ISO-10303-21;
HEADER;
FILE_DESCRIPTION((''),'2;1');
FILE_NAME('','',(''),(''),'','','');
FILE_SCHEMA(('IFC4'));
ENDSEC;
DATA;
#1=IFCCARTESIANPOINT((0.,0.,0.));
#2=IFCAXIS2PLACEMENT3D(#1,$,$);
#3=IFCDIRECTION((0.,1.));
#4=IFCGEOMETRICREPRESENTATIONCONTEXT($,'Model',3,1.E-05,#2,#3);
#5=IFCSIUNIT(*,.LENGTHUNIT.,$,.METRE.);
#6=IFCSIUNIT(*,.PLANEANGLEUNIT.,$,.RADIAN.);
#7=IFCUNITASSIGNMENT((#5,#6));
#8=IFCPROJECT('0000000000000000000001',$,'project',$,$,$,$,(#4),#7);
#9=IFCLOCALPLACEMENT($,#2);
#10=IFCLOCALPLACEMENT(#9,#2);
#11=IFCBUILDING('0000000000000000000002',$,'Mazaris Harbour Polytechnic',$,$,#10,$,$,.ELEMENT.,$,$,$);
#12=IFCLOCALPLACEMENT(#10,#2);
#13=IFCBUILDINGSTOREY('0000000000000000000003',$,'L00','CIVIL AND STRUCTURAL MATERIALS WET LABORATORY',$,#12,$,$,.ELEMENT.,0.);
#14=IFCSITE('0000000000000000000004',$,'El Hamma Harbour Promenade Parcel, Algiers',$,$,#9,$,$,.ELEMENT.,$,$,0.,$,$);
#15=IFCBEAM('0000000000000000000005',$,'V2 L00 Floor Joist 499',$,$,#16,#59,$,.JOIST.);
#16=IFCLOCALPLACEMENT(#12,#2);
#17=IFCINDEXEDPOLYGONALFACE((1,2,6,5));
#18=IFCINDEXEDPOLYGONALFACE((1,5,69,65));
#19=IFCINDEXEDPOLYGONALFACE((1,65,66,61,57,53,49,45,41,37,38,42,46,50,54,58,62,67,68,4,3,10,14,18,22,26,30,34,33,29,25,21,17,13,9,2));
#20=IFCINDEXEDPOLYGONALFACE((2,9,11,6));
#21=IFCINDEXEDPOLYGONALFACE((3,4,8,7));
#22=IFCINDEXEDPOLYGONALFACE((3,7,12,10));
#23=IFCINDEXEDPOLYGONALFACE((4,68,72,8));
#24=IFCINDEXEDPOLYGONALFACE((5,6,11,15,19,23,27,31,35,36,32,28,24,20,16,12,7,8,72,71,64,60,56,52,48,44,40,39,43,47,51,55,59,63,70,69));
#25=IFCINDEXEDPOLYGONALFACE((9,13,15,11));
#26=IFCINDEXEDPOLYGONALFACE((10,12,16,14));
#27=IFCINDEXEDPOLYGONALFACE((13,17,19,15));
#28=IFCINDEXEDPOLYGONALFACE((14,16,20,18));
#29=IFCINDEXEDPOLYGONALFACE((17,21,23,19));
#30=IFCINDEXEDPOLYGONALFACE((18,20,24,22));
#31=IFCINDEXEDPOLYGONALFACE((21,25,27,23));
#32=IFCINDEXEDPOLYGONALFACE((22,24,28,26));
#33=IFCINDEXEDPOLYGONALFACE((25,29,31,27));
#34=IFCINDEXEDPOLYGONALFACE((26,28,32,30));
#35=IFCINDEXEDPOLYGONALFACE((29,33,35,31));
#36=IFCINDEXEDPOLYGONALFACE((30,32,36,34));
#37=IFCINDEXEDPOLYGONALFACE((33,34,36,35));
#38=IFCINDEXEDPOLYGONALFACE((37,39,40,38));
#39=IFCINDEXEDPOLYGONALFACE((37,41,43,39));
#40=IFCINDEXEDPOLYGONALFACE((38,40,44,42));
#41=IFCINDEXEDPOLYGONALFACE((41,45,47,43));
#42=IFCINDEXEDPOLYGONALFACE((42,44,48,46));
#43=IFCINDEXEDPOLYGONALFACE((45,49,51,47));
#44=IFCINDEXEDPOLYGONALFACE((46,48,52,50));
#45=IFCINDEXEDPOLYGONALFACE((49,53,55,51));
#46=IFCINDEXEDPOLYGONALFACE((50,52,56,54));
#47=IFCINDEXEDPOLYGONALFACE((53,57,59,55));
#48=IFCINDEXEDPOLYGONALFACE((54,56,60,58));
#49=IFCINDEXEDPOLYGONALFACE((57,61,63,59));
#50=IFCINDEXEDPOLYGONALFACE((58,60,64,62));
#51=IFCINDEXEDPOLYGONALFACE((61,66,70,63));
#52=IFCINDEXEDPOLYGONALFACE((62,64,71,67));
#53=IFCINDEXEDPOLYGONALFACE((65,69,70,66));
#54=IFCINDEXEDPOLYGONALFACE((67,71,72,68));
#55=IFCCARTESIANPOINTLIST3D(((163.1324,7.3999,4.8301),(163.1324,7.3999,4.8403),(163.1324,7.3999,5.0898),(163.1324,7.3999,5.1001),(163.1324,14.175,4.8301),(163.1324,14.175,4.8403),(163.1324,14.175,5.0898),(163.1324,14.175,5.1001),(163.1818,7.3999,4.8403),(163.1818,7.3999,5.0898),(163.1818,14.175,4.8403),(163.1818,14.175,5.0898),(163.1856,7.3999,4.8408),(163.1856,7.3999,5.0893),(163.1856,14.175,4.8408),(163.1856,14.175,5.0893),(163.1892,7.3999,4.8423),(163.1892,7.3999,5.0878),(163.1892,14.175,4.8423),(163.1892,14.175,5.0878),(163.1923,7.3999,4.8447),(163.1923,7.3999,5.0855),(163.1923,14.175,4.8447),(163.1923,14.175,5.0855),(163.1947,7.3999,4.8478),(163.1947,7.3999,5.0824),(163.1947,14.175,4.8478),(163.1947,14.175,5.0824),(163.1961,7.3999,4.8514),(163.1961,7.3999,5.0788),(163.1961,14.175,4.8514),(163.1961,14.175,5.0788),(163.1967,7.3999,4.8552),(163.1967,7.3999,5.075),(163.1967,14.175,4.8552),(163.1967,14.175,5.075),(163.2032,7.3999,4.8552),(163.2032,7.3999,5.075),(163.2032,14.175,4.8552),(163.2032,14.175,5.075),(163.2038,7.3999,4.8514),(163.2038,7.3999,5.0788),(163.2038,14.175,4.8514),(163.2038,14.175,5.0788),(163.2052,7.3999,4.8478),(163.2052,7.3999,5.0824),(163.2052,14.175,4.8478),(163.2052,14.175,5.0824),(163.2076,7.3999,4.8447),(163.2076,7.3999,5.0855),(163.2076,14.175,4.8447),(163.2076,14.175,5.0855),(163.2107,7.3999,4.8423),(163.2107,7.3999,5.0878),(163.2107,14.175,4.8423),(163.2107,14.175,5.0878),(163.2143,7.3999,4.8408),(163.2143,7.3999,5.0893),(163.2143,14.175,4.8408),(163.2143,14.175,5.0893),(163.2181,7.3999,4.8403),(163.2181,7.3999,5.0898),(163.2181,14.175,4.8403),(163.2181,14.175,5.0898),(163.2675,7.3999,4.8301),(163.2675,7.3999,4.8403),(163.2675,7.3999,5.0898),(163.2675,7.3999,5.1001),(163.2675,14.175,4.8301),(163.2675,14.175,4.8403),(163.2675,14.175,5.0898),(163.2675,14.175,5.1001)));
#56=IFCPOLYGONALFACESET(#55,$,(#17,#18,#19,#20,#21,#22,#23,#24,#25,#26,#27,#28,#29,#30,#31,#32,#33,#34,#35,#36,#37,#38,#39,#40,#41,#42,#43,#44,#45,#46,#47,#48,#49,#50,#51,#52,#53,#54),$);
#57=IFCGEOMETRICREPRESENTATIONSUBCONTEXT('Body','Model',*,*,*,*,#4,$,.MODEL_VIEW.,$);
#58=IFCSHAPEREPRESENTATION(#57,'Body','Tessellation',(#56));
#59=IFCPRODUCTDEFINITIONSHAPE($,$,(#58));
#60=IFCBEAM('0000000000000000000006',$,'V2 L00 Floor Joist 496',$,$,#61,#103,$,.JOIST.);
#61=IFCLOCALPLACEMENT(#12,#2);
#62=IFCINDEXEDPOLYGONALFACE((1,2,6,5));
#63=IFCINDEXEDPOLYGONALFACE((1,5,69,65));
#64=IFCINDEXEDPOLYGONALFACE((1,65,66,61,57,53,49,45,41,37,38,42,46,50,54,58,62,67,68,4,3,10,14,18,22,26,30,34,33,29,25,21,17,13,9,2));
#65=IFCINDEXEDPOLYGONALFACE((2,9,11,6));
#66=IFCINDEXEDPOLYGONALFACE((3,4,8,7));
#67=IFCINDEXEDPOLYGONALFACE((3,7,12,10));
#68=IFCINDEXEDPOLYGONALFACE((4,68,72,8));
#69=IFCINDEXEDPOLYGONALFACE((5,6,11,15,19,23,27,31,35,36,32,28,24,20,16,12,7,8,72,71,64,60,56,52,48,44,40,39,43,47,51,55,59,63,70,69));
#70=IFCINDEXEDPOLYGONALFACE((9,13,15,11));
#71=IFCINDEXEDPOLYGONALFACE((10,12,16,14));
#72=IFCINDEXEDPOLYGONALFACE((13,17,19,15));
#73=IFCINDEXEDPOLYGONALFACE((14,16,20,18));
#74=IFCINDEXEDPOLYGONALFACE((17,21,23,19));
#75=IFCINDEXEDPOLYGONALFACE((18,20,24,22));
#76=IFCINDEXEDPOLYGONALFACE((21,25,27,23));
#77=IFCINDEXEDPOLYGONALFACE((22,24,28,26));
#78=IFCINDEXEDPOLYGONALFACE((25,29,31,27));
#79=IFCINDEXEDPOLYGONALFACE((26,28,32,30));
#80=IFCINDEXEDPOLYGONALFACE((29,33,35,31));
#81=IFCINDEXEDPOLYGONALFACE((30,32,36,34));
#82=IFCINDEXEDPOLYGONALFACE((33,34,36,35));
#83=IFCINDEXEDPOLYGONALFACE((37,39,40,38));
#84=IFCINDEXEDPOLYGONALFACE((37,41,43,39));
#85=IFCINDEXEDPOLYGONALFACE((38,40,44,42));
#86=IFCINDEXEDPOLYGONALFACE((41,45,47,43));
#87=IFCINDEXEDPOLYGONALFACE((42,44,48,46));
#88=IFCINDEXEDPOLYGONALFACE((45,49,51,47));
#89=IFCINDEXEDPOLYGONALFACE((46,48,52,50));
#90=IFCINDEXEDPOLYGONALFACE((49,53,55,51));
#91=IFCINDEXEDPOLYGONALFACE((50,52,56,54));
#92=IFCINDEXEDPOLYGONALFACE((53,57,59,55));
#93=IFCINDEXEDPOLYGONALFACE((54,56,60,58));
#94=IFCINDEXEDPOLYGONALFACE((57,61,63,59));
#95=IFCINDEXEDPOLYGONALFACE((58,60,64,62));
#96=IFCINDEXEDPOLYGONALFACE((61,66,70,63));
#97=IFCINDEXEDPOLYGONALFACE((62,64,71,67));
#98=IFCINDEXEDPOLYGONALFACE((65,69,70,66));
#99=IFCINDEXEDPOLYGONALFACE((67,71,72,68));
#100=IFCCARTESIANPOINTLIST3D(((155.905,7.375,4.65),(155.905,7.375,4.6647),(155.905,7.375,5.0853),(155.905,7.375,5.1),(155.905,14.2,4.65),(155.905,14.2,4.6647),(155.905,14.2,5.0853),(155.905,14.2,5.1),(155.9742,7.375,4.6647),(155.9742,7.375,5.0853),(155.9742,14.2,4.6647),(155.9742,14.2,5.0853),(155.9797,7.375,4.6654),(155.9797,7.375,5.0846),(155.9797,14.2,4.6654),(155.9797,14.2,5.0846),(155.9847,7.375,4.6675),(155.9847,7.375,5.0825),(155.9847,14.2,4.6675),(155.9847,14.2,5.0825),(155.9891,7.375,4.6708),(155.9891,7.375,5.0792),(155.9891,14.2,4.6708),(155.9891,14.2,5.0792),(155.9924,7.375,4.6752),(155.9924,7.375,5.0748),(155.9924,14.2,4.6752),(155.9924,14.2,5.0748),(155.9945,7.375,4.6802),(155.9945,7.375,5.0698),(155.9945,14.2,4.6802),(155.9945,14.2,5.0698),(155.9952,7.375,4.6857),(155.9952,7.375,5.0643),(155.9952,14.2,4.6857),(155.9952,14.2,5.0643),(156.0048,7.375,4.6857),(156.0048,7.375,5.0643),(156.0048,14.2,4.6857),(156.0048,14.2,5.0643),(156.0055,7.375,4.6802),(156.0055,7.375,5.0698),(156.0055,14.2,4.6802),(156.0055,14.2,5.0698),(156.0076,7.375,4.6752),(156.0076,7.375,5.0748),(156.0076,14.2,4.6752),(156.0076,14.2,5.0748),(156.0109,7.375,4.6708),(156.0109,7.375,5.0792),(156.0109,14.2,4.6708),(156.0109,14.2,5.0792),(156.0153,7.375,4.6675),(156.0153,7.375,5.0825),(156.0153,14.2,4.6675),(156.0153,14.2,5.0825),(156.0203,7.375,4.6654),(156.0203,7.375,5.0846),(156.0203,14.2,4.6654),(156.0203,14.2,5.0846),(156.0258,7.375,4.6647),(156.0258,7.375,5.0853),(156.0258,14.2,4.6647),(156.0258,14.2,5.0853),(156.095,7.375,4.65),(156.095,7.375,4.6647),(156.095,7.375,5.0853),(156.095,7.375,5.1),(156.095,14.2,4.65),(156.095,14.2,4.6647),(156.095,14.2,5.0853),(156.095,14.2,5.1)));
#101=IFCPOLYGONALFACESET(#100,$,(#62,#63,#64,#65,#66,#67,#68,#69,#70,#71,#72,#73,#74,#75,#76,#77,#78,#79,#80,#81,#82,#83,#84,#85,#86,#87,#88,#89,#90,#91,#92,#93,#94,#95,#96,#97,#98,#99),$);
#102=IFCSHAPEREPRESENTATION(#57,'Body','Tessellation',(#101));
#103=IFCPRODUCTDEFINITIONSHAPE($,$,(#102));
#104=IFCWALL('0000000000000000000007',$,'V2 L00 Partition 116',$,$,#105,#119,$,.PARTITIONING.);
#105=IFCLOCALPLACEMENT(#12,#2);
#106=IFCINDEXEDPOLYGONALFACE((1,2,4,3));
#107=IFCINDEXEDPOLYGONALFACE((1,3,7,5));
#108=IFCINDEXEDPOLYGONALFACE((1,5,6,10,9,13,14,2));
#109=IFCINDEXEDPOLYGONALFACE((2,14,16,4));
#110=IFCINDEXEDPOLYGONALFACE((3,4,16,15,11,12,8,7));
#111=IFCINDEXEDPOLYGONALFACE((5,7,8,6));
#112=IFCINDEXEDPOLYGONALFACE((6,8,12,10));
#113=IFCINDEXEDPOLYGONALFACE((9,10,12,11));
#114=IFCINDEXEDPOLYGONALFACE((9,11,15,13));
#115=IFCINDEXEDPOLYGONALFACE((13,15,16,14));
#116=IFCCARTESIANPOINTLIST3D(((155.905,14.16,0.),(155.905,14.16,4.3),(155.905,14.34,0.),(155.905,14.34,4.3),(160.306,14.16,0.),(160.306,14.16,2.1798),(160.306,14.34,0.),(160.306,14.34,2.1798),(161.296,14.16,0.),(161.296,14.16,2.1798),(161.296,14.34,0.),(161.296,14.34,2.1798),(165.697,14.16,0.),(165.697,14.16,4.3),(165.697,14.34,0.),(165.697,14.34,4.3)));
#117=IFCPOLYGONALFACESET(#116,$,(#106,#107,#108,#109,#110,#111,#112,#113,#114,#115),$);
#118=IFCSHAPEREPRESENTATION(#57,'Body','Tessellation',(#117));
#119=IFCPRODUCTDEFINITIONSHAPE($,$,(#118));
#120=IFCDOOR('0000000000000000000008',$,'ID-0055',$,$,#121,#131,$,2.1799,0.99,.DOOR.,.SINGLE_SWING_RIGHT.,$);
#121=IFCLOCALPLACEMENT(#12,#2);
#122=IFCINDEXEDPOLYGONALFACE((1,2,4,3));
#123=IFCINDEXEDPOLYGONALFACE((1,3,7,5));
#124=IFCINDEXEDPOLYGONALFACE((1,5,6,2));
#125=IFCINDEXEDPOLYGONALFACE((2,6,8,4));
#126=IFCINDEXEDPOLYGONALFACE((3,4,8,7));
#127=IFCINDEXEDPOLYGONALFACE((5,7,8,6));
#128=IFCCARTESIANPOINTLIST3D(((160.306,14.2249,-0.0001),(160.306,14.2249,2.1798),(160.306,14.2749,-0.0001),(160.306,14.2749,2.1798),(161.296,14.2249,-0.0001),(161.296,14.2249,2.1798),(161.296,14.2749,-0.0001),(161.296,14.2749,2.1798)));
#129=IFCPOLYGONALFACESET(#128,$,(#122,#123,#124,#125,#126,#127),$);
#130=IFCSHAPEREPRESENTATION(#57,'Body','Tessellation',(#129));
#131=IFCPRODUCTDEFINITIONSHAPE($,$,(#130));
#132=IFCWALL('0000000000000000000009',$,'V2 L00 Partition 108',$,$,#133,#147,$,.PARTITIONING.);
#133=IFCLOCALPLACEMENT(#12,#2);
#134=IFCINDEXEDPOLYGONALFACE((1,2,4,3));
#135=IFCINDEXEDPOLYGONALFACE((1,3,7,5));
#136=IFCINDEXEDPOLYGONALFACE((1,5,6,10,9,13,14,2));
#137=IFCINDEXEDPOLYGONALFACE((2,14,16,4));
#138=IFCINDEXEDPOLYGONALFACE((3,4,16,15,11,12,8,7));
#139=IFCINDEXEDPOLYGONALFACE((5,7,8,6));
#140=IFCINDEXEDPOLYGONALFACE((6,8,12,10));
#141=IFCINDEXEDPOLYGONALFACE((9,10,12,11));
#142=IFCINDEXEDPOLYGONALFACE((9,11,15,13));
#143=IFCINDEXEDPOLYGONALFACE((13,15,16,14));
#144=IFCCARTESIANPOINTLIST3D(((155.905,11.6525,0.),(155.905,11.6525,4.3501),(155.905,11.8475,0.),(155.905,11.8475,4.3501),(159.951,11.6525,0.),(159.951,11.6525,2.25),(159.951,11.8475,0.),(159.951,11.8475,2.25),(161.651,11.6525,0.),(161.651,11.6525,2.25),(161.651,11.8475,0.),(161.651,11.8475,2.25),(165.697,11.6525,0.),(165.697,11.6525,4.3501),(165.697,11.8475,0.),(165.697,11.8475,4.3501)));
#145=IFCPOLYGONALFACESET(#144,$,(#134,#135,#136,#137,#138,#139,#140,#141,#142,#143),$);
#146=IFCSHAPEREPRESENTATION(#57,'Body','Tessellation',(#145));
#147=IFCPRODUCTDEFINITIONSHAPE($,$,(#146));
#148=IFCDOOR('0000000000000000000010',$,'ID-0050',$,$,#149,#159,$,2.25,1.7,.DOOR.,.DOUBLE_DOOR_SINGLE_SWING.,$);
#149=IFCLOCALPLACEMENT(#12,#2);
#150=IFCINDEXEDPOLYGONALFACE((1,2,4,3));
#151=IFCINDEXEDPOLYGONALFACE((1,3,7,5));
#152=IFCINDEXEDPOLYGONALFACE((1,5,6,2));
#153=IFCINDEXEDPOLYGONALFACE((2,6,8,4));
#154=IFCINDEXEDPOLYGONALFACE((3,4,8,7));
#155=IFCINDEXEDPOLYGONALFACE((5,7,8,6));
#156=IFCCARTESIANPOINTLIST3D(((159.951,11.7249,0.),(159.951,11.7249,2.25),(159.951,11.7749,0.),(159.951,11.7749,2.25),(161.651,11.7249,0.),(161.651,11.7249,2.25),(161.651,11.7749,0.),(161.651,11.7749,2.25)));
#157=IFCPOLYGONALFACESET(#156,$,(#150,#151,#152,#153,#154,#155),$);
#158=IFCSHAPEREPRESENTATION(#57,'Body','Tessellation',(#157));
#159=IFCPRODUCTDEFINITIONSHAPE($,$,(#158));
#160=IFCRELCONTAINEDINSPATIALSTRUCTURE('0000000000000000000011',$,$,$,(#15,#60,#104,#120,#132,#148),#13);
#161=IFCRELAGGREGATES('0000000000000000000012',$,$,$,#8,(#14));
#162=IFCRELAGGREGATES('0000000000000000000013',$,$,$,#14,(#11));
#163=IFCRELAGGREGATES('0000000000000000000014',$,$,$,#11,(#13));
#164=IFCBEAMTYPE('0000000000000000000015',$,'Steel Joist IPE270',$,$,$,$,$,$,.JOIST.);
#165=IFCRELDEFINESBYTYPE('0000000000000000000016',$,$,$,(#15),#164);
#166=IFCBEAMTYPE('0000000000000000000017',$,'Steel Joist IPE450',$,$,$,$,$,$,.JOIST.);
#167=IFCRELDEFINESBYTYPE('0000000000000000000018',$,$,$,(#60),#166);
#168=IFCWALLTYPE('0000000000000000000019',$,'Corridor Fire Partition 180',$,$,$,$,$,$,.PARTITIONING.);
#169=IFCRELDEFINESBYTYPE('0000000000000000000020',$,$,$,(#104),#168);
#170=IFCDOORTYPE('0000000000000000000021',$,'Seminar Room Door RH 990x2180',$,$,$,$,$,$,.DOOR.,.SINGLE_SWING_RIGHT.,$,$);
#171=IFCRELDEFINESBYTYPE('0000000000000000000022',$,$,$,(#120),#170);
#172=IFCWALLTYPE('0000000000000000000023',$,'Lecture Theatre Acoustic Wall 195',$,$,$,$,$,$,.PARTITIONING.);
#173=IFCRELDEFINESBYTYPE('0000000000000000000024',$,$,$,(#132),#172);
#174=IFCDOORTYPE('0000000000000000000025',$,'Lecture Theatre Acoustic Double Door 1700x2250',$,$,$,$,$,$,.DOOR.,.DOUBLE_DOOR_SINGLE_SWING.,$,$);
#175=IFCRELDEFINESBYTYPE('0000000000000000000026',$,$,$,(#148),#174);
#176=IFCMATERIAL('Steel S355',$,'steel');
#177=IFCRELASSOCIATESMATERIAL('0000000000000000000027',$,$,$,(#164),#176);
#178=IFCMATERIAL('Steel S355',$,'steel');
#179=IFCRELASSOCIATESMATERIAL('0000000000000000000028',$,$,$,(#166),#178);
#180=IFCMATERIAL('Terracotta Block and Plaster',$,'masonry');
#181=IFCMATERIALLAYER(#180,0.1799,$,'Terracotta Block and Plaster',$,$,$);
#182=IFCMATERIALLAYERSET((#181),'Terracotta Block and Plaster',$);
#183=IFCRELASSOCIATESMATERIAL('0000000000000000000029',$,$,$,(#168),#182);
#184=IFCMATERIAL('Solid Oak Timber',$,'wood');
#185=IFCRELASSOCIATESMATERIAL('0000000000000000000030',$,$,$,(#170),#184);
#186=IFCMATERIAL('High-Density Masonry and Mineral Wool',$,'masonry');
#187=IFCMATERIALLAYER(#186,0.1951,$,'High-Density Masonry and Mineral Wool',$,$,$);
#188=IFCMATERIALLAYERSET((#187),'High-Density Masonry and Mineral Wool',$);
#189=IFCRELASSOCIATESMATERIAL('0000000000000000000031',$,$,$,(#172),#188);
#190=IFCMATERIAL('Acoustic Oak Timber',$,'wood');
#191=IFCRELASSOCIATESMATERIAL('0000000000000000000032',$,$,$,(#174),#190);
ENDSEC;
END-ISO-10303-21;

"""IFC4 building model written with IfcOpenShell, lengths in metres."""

from ifc_helpers import new_model, si_unit, direction, frame, frame_2d, origin, origin_2d, place, context, subcontext, project, spatial, rectangle, i_section, extrude, material, layer, layer_set, material_profile, profile_set, type_object, element, fill, save


model = new_model("IFC4")

# Units and contexts
model_context = context("Model", 3, precision=1e-05, world=origin(), true_north=direction((0.0, 1.0)))
body_context = subcontext(model_context, "Body", "Model", "MODEL_VIEW")
ifc_project = project(units=[si_unit("LENGTHUNIT", "METRE"), si_unit("PLANEANGLEUNIT", "RADIAN")], contexts=[model_context])

# Site, building, storey
site_placement = place(None, origin())
site = spatial("IfcSite", under=ifc_project, at=site_placement, Name="El Hamma Harbour Promenade Parcel, Algiers", CompositionType="ELEMENT", RefElevation=0.0)
building_placement = place(site_placement, origin())
building = spatial("IfcBuilding", under=site, at=building_placement, Name="Mazaris Harbour Polytechnic", CompositionType="ELEMENT")
storey_placement = place(building_placement, origin())
storey = spatial("IfcBuildingStorey", under=building, at=storey_placement, Name="L00", Description="CIVIL AND STRUCTURAL MATERIALS WET LABORATORY", CompositionType="ELEMENT", Elevation=0.0)

# Beams
ifc_material_1 = material(Name="Steel S355", Category="steel")
ifc_material_profile_1 = material_profile(ifc_material_1, i_section(OverallWidth=0.135, OverallDepth=0.27, WebThickness=0.0066, FlangeThickness=0.0103, FilletRadius=0.0149, at=origin_2d()), Name="IPE 270")
ifc_profile_set_1 = profile_set([ifc_material_profile_1], Name="Steel S355")
beam_type_1 = type_object("IfcBeamType", Name="Steel Joist IPE270", PredefinedType="JOIST", material=ifc_profile_set_1)
beam_1_placement = place(storey_placement, frame((163.2, 7.3999, 4.9651), z_axis=(0.0, 1.0, 0.0), x_axis=(-1.0, 0.0, 0.0)))
element("IfcBeam", 1, at=beam_1_placement, inside=storey, type_object=beam_type_1, Name="V2 L00 Floor Joist 499", PredefinedType="JOIST", context=body_context, shape_type="SweptSolid", body=[
    extrude(i_section(OverallWidth=0.135, OverallDepth=0.27, WebThickness=0.0066, FlangeThickness=0.0103, FilletRadius=0.0149, at=origin_2d()), origin(), (0.0, 0.0, 1.0), 6.7751),
])
ifc_material_2 = material(Name="Steel S355", Category="steel")
ifc_material_profile_2 = material_profile(ifc_material_2, i_section(OverallWidth=0.1899, OverallDepth=0.45, WebThickness=0.0095, FlangeThickness=0.0146, FilletRadius=0.021, at=origin_2d()), Name="IPE 450")
ifc_profile_set_2 = profile_set([ifc_material_profile_2], Name="Steel S355")
beam_type_2 = type_object("IfcBeamType", Name="Steel Joist IPE450", PredefinedType="JOIST", material=ifc_profile_set_2)
beam_2_placement = place(storey_placement, frame((156.0, 7.375, 4.875), z_axis=(0.0, 1.0, 0.0), x_axis=(-1.0, 0.0, 0.0)))
element("IfcBeam", 2, at=beam_2_placement, inside=storey, type_object=beam_type_2, Name="V2 L00 Floor Joist 496", PredefinedType="JOIST", context=body_context, shape_type="SweptSolid", body=[
    extrude(i_section(OverallWidth=0.1899, OverallDepth=0.45, WebThickness=0.0095, FlangeThickness=0.0146, FilletRadius=0.021, at=origin_2d()), origin(), (0.0, 0.0, 1.0), 6.825),
])

# Walls, openings, doors
ifc_material_3 = material(Name="Terracotta Block and Plaster", Category="masonry")
ifc_layer_1 = layer(ifc_material_3, 0.1799, Name="Terracotta Block and Plaster")
ifc_layer_set_1 = layer_set([ifc_layer_1], Name="Terracotta Block and Plaster")
wall_type_1 = type_object("IfcWallType", Name="Corridor Fire Partition 180", PredefinedType="PARTITIONING", material=ifc_layer_set_1)
wall_1_placement = place(storey_placement, frame((155.905, 14.25, 0.0), z_axis=(0.0, 0.0, 1.0), x_axis=(1.0, 0.0, 0.0)))
wall_1 = element("IfcWall", 3, at=wall_1_placement, inside=storey, type_object=wall_type_1, Name="V2 L00 Partition 116", PredefinedType="PARTITIONING", context=body_context, shape_type="SweptSolid", body=[
    extrude(rectangle(XDim=9.792, YDim=0.1799, at=frame_2d((4.896, 0.0))), origin(), (0.0, 0.0, 1.0), 4.3),
])
opening_1_placement = place(wall_1_placement, frame((4.4009, 0.0, 0.0)))
opening_1 = element("IfcOpeningElement", 4, at=opening_1_placement, cuts=wall_1, PredefinedType="OPENING", context=body_context, shape_type="SweptSolid", body=[
    extrude(rectangle(XDim=0.99, YDim=2.1799, at=frame_2d((0.4951, 1.0898))), frame((0.0, 0.0999, 0.0), z_axis=(0.0, -1.0, 0.0), x_axis=(1.0, 0.0, 0.0)), (0.0, 0.0, 1.0), 0.2),
])
ifc_material_4 = material(Name="Solid Oak Timber", Category="wood")
door_type_1 = type_object("IfcDoorType", Name="Seminar Room Door RH 990x2180", OperationType="SINGLE_SWING_RIGHT", PredefinedType="DOOR", material=ifc_material_4)
door_1_placement = place(opening_1_placement, origin())
door_1 = element("IfcDoor", 5, at=door_1_placement, inside=storey, type_object=door_type_1, Name="ID-0055", OperationType="SINGLE_SWING_RIGHT", OverallHeight=2.1799, OverallWidth=0.99, PredefinedType="DOOR", context=body_context, shape_type="SweptSolid", body=[
    extrude(rectangle(XDim=0.99, YDim=2.1799, at=frame_2d((0.4951, 1.0898))), frame((0.0, 0.0249, 0.0), z_axis=(0.0, -1.0, 0.0), x_axis=(1.0, 0.0, 0.0)), (0.0, 0.0, 1.0), 0.05),
])
fill(opening_1, door_1)
ifc_material_5 = material(Name="High-Density Masonry and Mineral Wool", Category="masonry")
ifc_layer_2 = layer(ifc_material_5, 0.1951, Name="High-Density Masonry and Mineral Wool")
ifc_layer_set_2 = layer_set([ifc_layer_2], Name="High-Density Masonry and Mineral Wool")
wall_type_2 = type_object("IfcWallType", Name="Lecture Theatre Acoustic Wall 195", PredefinedType="PARTITIONING", material=ifc_layer_set_2)
wall_2_placement = place(storey_placement, frame((155.905, 11.75, 0.0), z_axis=(0.0, 0.0, 1.0), x_axis=(1.0, 0.0, 0.0)))
wall_2 = element("IfcWall", 6, at=wall_2_placement, inside=storey, type_object=wall_type_2, Name="V2 L00 Partition 108", PredefinedType="PARTITIONING", context=body_context, shape_type="SweptSolid", body=[
    extrude(rectangle(XDim=9.792, YDim=0.1951, at=frame_2d((4.896, 0.0))), origin(), (0.0, 0.0, 1.0), 4.3501),
])
opening_2_placement = place(wall_2_placement, frame((4.0459, 0.0, 0.0)))
opening_2 = element("IfcOpeningElement", 7, at=opening_2_placement, cuts=wall_2, PredefinedType="OPENING", context=body_context, shape_type="SweptSolid", body=[
    extrude(rectangle(XDim=1.7, YDim=2.25, at=frame_2d((0.8501, 1.125))), frame((0.0, 0.1074, 0.0), z_axis=(0.0, -1.0, 0.0), x_axis=(1.0, 0.0, 0.0)), (0.0, 0.0, 1.0), 0.2151),
])
ifc_material_6 = material(Name="Acoustic Oak Timber", Category="wood")
door_type_2 = type_object("IfcDoorType", Name="Lecture Theatre Acoustic Double Door 1700x2250", OperationType="DOUBLE_DOOR_SINGLE_SWING", PredefinedType="DOOR", material=ifc_material_6)
door_2_placement = place(opening_2_placement, origin())
door_2 = element("IfcDoor", 8, at=door_2_placement, inside=storey, type_object=door_type_2, Name="ID-0050", OperationType="DOUBLE_DOOR_SINGLE_SWING", OverallHeight=2.25, OverallWidth=1.7, PredefinedType="DOOR", context=body_context, shape_type="SweptSolid", body=[
    extrude(rectangle(XDim=1.7, YDim=2.25, at=frame_2d((0.8501, 1.125))), frame((0.0, 0.0249, 0.0), z_axis=(0.0, -1.0, 0.0), x_axis=(1.0, 0.0, 0.0)), (0.0, 0.0, 1.0), 0.05),
])
fill(opening_2, door_2)

save(model, "model.ifc")
